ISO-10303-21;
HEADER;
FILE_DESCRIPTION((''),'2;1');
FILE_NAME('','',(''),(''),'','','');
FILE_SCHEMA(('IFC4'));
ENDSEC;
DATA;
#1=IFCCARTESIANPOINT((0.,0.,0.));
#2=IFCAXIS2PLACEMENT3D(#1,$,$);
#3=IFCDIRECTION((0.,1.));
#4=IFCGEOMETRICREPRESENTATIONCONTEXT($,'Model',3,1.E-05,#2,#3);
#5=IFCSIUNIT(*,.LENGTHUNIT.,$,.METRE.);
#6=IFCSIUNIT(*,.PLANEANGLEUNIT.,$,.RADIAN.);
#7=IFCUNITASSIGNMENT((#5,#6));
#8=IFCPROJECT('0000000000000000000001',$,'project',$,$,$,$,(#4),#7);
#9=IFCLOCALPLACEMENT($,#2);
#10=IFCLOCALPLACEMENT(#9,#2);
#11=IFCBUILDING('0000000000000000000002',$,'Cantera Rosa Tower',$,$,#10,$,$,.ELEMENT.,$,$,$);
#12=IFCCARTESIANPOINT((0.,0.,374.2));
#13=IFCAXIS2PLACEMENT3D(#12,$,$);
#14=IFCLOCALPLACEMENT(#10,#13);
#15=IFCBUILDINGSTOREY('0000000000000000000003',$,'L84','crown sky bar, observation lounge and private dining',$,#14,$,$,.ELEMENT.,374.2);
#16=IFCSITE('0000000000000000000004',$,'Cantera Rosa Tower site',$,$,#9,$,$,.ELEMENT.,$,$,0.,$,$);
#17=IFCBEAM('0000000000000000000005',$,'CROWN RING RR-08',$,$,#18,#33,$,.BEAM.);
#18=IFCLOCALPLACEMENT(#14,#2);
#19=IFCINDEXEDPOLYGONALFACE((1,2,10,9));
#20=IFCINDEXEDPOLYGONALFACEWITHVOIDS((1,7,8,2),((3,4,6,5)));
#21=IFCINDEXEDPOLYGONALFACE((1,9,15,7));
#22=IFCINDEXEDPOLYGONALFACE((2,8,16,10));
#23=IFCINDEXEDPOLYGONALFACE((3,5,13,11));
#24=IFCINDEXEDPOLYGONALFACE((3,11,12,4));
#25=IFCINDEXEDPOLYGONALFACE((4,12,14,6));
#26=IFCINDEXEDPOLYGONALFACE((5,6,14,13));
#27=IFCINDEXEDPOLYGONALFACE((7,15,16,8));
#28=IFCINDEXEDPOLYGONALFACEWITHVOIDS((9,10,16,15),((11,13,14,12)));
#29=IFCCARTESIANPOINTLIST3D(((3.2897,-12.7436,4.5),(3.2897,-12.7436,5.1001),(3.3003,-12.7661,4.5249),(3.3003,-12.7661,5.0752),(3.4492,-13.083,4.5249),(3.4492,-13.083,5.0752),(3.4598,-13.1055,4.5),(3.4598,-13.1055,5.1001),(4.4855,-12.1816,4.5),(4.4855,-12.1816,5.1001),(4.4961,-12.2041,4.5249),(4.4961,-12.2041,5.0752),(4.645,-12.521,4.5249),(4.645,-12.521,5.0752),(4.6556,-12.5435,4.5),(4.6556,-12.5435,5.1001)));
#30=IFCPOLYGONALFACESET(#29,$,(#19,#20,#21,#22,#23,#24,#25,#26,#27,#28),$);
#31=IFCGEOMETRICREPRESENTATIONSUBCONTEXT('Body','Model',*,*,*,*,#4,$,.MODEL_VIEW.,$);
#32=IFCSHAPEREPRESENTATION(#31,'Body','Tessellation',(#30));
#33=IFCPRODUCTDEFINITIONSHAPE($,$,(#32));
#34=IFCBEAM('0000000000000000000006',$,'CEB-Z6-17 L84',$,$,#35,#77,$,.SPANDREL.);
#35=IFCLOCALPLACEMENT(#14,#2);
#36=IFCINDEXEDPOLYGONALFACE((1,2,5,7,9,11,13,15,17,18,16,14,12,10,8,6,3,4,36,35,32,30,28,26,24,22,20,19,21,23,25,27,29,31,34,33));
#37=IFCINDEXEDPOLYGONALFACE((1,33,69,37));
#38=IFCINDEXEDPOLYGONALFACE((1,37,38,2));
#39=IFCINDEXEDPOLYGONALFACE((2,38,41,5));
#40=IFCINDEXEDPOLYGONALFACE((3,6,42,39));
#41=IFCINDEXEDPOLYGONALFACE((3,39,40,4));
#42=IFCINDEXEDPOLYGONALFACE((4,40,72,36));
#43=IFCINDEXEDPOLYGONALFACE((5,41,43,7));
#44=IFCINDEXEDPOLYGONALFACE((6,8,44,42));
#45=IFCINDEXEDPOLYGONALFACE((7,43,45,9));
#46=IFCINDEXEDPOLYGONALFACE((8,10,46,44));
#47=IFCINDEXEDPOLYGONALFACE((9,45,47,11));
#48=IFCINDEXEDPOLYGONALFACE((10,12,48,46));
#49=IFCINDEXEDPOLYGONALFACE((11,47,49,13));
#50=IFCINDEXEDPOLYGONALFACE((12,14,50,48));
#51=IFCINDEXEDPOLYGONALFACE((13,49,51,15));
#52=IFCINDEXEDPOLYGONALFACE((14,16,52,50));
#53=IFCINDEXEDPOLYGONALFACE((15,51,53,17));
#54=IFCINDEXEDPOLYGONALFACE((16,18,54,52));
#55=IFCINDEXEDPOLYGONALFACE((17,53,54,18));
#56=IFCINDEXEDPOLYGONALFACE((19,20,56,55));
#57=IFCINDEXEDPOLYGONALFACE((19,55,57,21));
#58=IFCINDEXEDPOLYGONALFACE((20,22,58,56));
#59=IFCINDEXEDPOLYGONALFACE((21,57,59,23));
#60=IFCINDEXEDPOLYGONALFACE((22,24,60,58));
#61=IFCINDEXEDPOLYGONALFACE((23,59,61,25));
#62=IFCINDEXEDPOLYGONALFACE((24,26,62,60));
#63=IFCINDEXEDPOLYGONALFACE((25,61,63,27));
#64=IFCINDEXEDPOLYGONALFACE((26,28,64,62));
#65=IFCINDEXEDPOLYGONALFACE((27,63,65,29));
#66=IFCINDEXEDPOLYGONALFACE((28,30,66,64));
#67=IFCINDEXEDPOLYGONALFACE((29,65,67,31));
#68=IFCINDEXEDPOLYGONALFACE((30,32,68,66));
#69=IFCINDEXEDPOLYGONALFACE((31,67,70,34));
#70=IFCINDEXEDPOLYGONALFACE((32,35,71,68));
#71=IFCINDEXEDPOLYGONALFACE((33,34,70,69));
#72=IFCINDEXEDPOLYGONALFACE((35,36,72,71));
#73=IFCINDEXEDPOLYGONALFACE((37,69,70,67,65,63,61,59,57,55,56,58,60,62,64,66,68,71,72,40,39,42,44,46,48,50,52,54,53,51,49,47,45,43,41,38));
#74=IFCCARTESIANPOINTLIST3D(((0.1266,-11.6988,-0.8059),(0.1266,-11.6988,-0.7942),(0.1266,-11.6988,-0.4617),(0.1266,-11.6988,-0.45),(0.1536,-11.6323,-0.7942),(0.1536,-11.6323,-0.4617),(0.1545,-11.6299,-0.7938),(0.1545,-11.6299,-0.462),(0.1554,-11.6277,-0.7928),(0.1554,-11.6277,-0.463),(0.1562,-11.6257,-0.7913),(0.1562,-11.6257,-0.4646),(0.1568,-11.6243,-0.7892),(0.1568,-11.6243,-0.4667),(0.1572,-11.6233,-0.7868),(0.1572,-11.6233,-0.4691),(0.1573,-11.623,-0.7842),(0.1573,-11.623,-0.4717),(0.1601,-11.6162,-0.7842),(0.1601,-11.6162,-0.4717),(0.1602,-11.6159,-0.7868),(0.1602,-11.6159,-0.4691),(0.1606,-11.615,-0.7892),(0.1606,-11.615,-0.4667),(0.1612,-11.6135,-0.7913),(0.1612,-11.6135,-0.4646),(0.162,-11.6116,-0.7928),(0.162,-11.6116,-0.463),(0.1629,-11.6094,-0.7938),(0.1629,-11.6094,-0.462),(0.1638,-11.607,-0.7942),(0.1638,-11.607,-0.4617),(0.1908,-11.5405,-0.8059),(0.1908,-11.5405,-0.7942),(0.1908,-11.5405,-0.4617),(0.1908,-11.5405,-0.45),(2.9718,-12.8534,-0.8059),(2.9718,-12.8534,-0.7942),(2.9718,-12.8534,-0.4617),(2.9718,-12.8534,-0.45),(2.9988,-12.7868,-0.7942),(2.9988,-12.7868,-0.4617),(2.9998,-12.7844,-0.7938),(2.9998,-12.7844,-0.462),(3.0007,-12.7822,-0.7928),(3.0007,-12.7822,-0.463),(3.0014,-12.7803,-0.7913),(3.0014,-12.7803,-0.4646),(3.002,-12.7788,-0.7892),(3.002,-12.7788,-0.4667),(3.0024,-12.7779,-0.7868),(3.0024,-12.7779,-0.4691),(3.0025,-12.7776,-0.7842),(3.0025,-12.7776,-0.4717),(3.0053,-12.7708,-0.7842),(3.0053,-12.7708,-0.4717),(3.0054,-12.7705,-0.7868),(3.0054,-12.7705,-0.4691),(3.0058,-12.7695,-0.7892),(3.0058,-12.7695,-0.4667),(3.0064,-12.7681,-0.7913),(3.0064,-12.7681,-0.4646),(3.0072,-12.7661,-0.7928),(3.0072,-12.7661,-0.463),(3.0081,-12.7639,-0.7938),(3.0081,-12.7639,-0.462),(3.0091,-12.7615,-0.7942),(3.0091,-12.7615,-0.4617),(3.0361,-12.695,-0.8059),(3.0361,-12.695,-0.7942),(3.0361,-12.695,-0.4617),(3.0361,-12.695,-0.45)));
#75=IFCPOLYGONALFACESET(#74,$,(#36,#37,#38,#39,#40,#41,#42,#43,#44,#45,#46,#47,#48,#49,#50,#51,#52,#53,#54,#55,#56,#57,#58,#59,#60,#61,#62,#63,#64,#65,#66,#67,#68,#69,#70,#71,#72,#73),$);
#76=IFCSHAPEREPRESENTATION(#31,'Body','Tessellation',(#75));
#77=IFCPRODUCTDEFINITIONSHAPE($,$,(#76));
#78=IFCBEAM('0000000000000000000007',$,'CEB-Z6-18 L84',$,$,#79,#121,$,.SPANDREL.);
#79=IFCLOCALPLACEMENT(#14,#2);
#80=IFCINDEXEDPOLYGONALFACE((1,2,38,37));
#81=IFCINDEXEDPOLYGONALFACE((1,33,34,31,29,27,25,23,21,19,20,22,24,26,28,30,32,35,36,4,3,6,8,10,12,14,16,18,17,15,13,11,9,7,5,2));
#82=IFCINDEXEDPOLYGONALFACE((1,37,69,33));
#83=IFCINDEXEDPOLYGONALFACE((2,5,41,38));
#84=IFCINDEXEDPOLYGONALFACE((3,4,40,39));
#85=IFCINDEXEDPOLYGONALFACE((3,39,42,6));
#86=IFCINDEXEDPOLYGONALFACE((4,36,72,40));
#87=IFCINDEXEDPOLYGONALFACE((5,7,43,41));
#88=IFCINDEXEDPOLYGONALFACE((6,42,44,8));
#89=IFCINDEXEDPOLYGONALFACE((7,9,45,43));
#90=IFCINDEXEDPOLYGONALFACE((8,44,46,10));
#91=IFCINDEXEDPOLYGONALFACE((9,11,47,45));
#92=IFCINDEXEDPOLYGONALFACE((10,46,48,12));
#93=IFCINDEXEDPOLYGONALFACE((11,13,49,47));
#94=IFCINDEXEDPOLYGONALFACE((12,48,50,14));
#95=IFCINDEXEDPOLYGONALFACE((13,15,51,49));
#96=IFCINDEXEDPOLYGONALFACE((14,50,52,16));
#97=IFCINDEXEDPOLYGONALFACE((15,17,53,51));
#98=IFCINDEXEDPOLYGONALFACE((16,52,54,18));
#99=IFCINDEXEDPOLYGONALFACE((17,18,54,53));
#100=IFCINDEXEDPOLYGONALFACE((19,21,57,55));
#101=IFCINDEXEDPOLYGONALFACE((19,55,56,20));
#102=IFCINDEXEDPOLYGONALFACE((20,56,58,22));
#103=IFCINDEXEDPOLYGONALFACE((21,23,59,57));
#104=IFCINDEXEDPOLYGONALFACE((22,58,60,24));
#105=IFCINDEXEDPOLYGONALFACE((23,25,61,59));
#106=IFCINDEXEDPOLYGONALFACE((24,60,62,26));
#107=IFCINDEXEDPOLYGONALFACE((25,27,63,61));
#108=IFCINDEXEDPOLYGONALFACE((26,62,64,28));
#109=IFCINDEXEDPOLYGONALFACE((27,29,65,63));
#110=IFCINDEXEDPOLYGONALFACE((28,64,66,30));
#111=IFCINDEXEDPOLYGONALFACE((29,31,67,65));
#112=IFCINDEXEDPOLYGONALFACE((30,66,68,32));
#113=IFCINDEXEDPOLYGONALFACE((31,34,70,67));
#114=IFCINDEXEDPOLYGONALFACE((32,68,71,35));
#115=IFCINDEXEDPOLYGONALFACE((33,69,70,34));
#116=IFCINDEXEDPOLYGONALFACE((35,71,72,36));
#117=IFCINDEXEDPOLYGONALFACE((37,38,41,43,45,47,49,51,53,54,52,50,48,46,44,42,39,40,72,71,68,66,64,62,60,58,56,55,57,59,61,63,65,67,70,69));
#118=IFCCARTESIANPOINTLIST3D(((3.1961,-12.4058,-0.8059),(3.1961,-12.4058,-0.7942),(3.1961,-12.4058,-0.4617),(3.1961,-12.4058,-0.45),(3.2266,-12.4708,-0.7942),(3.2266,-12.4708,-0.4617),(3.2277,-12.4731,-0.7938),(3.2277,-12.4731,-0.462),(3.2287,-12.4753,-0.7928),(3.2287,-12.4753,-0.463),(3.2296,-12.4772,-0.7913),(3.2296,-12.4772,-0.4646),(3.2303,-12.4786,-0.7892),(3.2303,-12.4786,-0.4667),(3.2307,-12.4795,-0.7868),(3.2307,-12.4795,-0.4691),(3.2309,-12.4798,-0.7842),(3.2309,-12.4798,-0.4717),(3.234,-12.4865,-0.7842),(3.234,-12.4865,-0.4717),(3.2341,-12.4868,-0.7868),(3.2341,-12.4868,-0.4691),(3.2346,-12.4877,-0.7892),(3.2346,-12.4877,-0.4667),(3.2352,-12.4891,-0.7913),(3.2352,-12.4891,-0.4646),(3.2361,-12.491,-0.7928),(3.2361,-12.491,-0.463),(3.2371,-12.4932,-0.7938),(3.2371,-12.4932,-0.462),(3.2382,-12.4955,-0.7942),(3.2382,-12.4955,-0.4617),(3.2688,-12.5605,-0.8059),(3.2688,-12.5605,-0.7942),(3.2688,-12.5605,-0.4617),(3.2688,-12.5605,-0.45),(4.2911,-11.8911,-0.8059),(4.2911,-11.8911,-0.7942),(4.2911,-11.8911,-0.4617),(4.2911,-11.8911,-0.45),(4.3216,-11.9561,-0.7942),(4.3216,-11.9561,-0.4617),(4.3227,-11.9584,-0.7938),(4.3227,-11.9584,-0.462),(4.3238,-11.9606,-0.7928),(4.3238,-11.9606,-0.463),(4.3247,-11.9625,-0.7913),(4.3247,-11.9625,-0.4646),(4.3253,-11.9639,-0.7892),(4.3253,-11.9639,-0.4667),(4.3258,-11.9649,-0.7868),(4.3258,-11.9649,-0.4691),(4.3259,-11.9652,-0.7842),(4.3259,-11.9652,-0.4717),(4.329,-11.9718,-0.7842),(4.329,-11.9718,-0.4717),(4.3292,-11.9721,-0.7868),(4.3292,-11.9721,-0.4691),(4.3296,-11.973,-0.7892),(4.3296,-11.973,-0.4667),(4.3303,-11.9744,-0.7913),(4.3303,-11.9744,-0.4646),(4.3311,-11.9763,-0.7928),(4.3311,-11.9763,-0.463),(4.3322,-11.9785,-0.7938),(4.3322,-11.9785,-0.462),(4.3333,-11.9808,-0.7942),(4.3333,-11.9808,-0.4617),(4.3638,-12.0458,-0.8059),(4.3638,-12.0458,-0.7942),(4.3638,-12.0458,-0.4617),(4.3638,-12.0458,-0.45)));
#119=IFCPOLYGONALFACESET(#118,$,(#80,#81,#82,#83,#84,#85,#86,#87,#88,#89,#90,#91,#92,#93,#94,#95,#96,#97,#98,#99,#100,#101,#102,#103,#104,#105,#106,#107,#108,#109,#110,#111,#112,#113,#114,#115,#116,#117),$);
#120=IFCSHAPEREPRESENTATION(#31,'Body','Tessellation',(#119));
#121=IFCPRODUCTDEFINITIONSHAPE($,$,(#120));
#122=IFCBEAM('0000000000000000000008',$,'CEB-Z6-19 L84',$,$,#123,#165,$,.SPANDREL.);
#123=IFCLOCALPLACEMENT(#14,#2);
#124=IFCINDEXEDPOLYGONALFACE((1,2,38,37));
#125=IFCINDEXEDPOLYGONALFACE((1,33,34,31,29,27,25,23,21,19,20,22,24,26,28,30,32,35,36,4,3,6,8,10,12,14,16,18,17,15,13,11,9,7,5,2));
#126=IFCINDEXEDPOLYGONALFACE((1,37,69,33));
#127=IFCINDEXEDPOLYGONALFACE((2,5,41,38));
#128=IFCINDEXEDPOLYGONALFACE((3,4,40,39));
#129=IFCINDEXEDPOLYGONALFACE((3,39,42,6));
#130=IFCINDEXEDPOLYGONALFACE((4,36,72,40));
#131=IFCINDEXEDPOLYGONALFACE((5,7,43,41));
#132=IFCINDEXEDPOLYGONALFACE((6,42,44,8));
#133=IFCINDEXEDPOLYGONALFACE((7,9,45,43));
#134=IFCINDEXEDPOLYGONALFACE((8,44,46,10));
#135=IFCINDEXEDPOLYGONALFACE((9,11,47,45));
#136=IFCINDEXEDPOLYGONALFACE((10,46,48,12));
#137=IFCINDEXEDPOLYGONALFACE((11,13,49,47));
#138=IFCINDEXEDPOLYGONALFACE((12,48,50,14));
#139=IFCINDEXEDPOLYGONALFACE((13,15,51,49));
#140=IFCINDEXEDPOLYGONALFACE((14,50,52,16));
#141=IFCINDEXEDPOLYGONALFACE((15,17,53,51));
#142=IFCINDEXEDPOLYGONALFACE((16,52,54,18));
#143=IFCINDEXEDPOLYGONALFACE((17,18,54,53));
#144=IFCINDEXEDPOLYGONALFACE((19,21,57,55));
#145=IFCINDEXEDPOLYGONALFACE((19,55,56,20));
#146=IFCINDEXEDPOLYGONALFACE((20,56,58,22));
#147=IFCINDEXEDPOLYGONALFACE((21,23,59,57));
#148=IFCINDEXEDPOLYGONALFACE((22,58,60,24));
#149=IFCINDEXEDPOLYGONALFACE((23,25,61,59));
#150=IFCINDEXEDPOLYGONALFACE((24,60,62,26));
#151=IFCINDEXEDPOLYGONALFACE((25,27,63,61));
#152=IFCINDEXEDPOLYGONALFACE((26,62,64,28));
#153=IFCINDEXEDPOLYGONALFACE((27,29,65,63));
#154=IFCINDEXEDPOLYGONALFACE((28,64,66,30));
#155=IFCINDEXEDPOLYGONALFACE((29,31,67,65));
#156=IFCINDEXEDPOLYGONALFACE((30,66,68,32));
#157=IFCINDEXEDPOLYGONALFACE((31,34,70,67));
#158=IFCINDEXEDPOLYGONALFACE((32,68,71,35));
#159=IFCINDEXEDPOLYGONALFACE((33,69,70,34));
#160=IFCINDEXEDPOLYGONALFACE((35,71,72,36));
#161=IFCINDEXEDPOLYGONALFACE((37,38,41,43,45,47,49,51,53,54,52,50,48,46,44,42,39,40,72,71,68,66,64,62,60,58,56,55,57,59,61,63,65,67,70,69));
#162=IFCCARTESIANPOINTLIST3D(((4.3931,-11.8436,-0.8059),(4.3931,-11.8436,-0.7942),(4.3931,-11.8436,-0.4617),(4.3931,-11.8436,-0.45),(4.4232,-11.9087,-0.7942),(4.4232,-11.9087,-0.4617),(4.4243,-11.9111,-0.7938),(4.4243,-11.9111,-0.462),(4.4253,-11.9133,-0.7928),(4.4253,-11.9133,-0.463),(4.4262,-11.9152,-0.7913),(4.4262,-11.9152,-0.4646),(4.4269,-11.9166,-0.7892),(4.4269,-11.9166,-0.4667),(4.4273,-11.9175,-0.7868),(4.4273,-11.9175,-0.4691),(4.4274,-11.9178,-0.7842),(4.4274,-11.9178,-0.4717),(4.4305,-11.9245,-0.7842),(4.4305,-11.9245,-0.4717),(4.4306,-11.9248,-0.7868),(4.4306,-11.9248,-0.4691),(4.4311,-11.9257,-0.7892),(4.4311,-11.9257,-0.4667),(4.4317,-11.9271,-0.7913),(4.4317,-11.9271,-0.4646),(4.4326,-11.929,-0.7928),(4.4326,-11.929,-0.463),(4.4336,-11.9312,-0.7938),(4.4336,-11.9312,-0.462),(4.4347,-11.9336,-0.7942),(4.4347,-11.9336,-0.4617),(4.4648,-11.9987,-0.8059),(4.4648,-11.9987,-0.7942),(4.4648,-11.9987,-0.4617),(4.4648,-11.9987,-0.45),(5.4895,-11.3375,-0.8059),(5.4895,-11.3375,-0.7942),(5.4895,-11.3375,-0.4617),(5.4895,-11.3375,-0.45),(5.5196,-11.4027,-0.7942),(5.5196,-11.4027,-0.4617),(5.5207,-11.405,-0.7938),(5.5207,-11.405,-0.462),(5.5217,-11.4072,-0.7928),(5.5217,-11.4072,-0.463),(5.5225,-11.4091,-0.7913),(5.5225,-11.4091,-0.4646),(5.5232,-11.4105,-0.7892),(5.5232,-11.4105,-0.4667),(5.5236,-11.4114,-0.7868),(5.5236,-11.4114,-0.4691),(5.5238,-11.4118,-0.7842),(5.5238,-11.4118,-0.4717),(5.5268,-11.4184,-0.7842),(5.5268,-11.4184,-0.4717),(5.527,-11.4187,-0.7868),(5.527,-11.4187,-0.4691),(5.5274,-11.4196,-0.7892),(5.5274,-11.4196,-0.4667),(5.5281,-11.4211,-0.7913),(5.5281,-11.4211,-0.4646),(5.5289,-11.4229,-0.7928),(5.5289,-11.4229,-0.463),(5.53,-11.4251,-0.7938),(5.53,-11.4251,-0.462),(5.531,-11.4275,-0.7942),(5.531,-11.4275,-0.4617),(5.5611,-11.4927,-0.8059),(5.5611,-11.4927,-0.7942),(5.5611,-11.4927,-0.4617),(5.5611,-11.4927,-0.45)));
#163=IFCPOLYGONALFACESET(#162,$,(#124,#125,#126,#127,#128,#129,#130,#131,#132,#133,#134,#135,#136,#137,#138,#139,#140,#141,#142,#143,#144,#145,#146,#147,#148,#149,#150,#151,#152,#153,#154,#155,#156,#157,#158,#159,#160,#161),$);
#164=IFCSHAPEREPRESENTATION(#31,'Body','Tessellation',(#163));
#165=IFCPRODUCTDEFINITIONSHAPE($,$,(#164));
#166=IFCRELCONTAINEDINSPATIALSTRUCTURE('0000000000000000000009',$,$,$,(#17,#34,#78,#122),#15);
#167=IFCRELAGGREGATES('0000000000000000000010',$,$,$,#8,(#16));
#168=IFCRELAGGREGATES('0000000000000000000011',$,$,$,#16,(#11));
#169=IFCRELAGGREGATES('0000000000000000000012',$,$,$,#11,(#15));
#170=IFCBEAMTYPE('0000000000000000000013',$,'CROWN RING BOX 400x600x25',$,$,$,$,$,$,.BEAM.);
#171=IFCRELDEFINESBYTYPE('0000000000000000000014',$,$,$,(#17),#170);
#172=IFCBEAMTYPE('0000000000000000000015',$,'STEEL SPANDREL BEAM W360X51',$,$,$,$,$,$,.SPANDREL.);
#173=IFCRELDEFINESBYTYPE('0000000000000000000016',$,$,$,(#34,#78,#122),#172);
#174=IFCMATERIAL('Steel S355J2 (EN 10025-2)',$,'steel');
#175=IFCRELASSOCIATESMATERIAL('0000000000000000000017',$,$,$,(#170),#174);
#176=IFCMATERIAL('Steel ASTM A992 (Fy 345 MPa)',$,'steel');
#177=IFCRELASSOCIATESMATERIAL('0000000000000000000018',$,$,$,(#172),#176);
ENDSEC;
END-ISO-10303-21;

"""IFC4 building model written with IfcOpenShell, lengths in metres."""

from ifc_helpers import new_model, si_unit, direction, frame, origin, origin_2d, place, context, subcontext, project, spatial, hollow_rectangle, i_section, extrude, material, material_profile, profile_set, type_object, element, save


model = new_model("IFC4")

# Units and contexts
model_context = context("Model", 3, precision=1e-05, world=origin(), true_north=direction((0.0, 1.0)))
body_context = subcontext(model_context, "Body", "Model", "MODEL_VIEW")
ifc_project = project(units=[si_unit("LENGTHUNIT", "METRE"), si_unit("PLANEANGLEUNIT", "RADIAN")], contexts=[model_context])

# Site, building, storey
site_placement = place(None, origin())
site = spatial("IfcSite", under=ifc_project, at=site_placement, Name="Cantera Rosa Tower site", CompositionType="ELEMENT", RefElevation=0.0)
building_placement = place(site_placement, origin())
building = spatial("IfcBuilding", under=site, at=building_placement, Name="Cantera Rosa Tower", CompositionType="ELEMENT")
storey_placement = place(building_placement, frame((0.0, 0.0, 374.2)))
storey = spatial("IfcBuildingStorey", under=building, at=storey_placement, Name="L84", Description="crown sky bar, observation lounge and private dining", CompositionType="ELEMENT", Elevation=374.2)

# Beams
ifc_material_1 = material(Name="Steel S355J2 (EN 10025-2)", Category="steel")
ifc_material_profile_1 = material_profile(ifc_material_1, hollow_rectangle(XDim=0.3999, YDim=0.6001, WallThickness=0.0249, at=origin_2d()), Name="CROWN RING BOX 400x600x25")
ifc_profile_set_1 = profile_set([ifc_material_profile_1], Name="Steel S355J2 (EN 10025-2)")
beam_type_1 = type_object("IfcBeamType", Name="CROWN RING BOX 400x600x25", PredefinedType="BEAM", material=ifc_profile_set_1)
beam_1_placement = place(storey_placement, frame((3.3748, -12.9246, 4.8), z_axis=(0.905028, 0.425352, 0.0), x_axis=(-0.425352, 0.905028, 0.0)))
element("IfcBeam", 1, at=beam_1_placement, inside=storey, type_object=beam_type_1, Name="CROWN RING RR-08", PredefinedType="BEAM", context=body_context, shape_type="SweptSolid", body=[
    extrude(hollow_rectangle(XDim=0.3999, YDim=0.6001, WallThickness=0.0249, at=origin_2d()), origin(), (0.0, 0.0, 1.0), 1.3213),
])
ifc_material_2 = material(Name="Steel ASTM A992 (Fy 345 MPa)", Category="steel")
ifc_material_profile_2 = material_profile(ifc_material_2, i_section(OverallWidth=0.1709, OverallDepth=0.356, WebThickness=0.0073, FlangeThickness=0.0117, FilletRadius=0.01, at=origin_2d()), Name="W360X51")
ifc_profile_set_2 = profile_set([ifc_material_profile_2], Name="Steel ASTM A992 (Fy 345 MPa)")
beam_type_2 = type_object("IfcBeamType", Name="STEEL SPANDREL BEAM W360X51", PredefinedType="SPANDREL", material=ifc_profile_set_2)
beam_2_placement = place(storey_placement, frame((0.1587, -11.6196, -0.6279), z_axis=(0.926617, -0.376006, 0.0), x_axis=(0.376006, 0.926617, 0.0)))
element("IfcBeam", 2, at=beam_2_placement, inside=storey, type_object=beam_type_2, Name="CEB-Z6-17 L84", PredefinedType="SPANDREL", context=body_context, shape_type="SweptSolid", body=[
    extrude(i_section(OverallWidth=0.1709, OverallDepth=0.356, WebThickness=0.0073, FlangeThickness=0.0117, FilletRadius=0.01, at=origin_2d()), origin(), (0.0, 0.0, 1.0), 3.0706),
])
beam_3_placement = place(storey_placement, frame((3.2324, -12.4832, -0.6279), z_axis=(0.90502, 0.425369, 0.0), x_axis=(-0.425369, 0.90502, 0.0)))
element("IfcBeam", 3, at=beam_3_placement, inside=storey, type_object=beam_type_2, Name="CEB-Z6-18 L84", PredefinedType="SPANDREL", context=body_context, shape_type="SweptSolid", body=[
    extrude(i_section(OverallWidth=0.1709, OverallDepth=0.356, WebThickness=0.0073, FlangeThickness=0.0117, FilletRadius=0.01, at=origin_2d()), origin(), (0.0, 0.0, 1.0), 1.21),
])
beam_4_placement = place(storey_placement, frame((4.429, -11.9211, -0.6279), z_axis=(0.907942, 0.419097, 0.0), x_axis=(-0.419097, 0.907942, 0.0)))
element("IfcBeam", 4, at=beam_4_placement, inside=storey, type_object=beam_type_2, Name="CEB-Z6-19 L84", PredefinedType="SPANDREL", context=body_context, shape_type="SweptSolid", body=[
    extrude(i_section(OverallWidth=0.1709, OverallDepth=0.356, WebThickness=0.0073, FlangeThickness=0.0117, FilletRadius=0.01, at=origin_2d()), origin(), (0.0, 0.0, 1.0), 1.2075),
])

save(model, "model.ifc")
